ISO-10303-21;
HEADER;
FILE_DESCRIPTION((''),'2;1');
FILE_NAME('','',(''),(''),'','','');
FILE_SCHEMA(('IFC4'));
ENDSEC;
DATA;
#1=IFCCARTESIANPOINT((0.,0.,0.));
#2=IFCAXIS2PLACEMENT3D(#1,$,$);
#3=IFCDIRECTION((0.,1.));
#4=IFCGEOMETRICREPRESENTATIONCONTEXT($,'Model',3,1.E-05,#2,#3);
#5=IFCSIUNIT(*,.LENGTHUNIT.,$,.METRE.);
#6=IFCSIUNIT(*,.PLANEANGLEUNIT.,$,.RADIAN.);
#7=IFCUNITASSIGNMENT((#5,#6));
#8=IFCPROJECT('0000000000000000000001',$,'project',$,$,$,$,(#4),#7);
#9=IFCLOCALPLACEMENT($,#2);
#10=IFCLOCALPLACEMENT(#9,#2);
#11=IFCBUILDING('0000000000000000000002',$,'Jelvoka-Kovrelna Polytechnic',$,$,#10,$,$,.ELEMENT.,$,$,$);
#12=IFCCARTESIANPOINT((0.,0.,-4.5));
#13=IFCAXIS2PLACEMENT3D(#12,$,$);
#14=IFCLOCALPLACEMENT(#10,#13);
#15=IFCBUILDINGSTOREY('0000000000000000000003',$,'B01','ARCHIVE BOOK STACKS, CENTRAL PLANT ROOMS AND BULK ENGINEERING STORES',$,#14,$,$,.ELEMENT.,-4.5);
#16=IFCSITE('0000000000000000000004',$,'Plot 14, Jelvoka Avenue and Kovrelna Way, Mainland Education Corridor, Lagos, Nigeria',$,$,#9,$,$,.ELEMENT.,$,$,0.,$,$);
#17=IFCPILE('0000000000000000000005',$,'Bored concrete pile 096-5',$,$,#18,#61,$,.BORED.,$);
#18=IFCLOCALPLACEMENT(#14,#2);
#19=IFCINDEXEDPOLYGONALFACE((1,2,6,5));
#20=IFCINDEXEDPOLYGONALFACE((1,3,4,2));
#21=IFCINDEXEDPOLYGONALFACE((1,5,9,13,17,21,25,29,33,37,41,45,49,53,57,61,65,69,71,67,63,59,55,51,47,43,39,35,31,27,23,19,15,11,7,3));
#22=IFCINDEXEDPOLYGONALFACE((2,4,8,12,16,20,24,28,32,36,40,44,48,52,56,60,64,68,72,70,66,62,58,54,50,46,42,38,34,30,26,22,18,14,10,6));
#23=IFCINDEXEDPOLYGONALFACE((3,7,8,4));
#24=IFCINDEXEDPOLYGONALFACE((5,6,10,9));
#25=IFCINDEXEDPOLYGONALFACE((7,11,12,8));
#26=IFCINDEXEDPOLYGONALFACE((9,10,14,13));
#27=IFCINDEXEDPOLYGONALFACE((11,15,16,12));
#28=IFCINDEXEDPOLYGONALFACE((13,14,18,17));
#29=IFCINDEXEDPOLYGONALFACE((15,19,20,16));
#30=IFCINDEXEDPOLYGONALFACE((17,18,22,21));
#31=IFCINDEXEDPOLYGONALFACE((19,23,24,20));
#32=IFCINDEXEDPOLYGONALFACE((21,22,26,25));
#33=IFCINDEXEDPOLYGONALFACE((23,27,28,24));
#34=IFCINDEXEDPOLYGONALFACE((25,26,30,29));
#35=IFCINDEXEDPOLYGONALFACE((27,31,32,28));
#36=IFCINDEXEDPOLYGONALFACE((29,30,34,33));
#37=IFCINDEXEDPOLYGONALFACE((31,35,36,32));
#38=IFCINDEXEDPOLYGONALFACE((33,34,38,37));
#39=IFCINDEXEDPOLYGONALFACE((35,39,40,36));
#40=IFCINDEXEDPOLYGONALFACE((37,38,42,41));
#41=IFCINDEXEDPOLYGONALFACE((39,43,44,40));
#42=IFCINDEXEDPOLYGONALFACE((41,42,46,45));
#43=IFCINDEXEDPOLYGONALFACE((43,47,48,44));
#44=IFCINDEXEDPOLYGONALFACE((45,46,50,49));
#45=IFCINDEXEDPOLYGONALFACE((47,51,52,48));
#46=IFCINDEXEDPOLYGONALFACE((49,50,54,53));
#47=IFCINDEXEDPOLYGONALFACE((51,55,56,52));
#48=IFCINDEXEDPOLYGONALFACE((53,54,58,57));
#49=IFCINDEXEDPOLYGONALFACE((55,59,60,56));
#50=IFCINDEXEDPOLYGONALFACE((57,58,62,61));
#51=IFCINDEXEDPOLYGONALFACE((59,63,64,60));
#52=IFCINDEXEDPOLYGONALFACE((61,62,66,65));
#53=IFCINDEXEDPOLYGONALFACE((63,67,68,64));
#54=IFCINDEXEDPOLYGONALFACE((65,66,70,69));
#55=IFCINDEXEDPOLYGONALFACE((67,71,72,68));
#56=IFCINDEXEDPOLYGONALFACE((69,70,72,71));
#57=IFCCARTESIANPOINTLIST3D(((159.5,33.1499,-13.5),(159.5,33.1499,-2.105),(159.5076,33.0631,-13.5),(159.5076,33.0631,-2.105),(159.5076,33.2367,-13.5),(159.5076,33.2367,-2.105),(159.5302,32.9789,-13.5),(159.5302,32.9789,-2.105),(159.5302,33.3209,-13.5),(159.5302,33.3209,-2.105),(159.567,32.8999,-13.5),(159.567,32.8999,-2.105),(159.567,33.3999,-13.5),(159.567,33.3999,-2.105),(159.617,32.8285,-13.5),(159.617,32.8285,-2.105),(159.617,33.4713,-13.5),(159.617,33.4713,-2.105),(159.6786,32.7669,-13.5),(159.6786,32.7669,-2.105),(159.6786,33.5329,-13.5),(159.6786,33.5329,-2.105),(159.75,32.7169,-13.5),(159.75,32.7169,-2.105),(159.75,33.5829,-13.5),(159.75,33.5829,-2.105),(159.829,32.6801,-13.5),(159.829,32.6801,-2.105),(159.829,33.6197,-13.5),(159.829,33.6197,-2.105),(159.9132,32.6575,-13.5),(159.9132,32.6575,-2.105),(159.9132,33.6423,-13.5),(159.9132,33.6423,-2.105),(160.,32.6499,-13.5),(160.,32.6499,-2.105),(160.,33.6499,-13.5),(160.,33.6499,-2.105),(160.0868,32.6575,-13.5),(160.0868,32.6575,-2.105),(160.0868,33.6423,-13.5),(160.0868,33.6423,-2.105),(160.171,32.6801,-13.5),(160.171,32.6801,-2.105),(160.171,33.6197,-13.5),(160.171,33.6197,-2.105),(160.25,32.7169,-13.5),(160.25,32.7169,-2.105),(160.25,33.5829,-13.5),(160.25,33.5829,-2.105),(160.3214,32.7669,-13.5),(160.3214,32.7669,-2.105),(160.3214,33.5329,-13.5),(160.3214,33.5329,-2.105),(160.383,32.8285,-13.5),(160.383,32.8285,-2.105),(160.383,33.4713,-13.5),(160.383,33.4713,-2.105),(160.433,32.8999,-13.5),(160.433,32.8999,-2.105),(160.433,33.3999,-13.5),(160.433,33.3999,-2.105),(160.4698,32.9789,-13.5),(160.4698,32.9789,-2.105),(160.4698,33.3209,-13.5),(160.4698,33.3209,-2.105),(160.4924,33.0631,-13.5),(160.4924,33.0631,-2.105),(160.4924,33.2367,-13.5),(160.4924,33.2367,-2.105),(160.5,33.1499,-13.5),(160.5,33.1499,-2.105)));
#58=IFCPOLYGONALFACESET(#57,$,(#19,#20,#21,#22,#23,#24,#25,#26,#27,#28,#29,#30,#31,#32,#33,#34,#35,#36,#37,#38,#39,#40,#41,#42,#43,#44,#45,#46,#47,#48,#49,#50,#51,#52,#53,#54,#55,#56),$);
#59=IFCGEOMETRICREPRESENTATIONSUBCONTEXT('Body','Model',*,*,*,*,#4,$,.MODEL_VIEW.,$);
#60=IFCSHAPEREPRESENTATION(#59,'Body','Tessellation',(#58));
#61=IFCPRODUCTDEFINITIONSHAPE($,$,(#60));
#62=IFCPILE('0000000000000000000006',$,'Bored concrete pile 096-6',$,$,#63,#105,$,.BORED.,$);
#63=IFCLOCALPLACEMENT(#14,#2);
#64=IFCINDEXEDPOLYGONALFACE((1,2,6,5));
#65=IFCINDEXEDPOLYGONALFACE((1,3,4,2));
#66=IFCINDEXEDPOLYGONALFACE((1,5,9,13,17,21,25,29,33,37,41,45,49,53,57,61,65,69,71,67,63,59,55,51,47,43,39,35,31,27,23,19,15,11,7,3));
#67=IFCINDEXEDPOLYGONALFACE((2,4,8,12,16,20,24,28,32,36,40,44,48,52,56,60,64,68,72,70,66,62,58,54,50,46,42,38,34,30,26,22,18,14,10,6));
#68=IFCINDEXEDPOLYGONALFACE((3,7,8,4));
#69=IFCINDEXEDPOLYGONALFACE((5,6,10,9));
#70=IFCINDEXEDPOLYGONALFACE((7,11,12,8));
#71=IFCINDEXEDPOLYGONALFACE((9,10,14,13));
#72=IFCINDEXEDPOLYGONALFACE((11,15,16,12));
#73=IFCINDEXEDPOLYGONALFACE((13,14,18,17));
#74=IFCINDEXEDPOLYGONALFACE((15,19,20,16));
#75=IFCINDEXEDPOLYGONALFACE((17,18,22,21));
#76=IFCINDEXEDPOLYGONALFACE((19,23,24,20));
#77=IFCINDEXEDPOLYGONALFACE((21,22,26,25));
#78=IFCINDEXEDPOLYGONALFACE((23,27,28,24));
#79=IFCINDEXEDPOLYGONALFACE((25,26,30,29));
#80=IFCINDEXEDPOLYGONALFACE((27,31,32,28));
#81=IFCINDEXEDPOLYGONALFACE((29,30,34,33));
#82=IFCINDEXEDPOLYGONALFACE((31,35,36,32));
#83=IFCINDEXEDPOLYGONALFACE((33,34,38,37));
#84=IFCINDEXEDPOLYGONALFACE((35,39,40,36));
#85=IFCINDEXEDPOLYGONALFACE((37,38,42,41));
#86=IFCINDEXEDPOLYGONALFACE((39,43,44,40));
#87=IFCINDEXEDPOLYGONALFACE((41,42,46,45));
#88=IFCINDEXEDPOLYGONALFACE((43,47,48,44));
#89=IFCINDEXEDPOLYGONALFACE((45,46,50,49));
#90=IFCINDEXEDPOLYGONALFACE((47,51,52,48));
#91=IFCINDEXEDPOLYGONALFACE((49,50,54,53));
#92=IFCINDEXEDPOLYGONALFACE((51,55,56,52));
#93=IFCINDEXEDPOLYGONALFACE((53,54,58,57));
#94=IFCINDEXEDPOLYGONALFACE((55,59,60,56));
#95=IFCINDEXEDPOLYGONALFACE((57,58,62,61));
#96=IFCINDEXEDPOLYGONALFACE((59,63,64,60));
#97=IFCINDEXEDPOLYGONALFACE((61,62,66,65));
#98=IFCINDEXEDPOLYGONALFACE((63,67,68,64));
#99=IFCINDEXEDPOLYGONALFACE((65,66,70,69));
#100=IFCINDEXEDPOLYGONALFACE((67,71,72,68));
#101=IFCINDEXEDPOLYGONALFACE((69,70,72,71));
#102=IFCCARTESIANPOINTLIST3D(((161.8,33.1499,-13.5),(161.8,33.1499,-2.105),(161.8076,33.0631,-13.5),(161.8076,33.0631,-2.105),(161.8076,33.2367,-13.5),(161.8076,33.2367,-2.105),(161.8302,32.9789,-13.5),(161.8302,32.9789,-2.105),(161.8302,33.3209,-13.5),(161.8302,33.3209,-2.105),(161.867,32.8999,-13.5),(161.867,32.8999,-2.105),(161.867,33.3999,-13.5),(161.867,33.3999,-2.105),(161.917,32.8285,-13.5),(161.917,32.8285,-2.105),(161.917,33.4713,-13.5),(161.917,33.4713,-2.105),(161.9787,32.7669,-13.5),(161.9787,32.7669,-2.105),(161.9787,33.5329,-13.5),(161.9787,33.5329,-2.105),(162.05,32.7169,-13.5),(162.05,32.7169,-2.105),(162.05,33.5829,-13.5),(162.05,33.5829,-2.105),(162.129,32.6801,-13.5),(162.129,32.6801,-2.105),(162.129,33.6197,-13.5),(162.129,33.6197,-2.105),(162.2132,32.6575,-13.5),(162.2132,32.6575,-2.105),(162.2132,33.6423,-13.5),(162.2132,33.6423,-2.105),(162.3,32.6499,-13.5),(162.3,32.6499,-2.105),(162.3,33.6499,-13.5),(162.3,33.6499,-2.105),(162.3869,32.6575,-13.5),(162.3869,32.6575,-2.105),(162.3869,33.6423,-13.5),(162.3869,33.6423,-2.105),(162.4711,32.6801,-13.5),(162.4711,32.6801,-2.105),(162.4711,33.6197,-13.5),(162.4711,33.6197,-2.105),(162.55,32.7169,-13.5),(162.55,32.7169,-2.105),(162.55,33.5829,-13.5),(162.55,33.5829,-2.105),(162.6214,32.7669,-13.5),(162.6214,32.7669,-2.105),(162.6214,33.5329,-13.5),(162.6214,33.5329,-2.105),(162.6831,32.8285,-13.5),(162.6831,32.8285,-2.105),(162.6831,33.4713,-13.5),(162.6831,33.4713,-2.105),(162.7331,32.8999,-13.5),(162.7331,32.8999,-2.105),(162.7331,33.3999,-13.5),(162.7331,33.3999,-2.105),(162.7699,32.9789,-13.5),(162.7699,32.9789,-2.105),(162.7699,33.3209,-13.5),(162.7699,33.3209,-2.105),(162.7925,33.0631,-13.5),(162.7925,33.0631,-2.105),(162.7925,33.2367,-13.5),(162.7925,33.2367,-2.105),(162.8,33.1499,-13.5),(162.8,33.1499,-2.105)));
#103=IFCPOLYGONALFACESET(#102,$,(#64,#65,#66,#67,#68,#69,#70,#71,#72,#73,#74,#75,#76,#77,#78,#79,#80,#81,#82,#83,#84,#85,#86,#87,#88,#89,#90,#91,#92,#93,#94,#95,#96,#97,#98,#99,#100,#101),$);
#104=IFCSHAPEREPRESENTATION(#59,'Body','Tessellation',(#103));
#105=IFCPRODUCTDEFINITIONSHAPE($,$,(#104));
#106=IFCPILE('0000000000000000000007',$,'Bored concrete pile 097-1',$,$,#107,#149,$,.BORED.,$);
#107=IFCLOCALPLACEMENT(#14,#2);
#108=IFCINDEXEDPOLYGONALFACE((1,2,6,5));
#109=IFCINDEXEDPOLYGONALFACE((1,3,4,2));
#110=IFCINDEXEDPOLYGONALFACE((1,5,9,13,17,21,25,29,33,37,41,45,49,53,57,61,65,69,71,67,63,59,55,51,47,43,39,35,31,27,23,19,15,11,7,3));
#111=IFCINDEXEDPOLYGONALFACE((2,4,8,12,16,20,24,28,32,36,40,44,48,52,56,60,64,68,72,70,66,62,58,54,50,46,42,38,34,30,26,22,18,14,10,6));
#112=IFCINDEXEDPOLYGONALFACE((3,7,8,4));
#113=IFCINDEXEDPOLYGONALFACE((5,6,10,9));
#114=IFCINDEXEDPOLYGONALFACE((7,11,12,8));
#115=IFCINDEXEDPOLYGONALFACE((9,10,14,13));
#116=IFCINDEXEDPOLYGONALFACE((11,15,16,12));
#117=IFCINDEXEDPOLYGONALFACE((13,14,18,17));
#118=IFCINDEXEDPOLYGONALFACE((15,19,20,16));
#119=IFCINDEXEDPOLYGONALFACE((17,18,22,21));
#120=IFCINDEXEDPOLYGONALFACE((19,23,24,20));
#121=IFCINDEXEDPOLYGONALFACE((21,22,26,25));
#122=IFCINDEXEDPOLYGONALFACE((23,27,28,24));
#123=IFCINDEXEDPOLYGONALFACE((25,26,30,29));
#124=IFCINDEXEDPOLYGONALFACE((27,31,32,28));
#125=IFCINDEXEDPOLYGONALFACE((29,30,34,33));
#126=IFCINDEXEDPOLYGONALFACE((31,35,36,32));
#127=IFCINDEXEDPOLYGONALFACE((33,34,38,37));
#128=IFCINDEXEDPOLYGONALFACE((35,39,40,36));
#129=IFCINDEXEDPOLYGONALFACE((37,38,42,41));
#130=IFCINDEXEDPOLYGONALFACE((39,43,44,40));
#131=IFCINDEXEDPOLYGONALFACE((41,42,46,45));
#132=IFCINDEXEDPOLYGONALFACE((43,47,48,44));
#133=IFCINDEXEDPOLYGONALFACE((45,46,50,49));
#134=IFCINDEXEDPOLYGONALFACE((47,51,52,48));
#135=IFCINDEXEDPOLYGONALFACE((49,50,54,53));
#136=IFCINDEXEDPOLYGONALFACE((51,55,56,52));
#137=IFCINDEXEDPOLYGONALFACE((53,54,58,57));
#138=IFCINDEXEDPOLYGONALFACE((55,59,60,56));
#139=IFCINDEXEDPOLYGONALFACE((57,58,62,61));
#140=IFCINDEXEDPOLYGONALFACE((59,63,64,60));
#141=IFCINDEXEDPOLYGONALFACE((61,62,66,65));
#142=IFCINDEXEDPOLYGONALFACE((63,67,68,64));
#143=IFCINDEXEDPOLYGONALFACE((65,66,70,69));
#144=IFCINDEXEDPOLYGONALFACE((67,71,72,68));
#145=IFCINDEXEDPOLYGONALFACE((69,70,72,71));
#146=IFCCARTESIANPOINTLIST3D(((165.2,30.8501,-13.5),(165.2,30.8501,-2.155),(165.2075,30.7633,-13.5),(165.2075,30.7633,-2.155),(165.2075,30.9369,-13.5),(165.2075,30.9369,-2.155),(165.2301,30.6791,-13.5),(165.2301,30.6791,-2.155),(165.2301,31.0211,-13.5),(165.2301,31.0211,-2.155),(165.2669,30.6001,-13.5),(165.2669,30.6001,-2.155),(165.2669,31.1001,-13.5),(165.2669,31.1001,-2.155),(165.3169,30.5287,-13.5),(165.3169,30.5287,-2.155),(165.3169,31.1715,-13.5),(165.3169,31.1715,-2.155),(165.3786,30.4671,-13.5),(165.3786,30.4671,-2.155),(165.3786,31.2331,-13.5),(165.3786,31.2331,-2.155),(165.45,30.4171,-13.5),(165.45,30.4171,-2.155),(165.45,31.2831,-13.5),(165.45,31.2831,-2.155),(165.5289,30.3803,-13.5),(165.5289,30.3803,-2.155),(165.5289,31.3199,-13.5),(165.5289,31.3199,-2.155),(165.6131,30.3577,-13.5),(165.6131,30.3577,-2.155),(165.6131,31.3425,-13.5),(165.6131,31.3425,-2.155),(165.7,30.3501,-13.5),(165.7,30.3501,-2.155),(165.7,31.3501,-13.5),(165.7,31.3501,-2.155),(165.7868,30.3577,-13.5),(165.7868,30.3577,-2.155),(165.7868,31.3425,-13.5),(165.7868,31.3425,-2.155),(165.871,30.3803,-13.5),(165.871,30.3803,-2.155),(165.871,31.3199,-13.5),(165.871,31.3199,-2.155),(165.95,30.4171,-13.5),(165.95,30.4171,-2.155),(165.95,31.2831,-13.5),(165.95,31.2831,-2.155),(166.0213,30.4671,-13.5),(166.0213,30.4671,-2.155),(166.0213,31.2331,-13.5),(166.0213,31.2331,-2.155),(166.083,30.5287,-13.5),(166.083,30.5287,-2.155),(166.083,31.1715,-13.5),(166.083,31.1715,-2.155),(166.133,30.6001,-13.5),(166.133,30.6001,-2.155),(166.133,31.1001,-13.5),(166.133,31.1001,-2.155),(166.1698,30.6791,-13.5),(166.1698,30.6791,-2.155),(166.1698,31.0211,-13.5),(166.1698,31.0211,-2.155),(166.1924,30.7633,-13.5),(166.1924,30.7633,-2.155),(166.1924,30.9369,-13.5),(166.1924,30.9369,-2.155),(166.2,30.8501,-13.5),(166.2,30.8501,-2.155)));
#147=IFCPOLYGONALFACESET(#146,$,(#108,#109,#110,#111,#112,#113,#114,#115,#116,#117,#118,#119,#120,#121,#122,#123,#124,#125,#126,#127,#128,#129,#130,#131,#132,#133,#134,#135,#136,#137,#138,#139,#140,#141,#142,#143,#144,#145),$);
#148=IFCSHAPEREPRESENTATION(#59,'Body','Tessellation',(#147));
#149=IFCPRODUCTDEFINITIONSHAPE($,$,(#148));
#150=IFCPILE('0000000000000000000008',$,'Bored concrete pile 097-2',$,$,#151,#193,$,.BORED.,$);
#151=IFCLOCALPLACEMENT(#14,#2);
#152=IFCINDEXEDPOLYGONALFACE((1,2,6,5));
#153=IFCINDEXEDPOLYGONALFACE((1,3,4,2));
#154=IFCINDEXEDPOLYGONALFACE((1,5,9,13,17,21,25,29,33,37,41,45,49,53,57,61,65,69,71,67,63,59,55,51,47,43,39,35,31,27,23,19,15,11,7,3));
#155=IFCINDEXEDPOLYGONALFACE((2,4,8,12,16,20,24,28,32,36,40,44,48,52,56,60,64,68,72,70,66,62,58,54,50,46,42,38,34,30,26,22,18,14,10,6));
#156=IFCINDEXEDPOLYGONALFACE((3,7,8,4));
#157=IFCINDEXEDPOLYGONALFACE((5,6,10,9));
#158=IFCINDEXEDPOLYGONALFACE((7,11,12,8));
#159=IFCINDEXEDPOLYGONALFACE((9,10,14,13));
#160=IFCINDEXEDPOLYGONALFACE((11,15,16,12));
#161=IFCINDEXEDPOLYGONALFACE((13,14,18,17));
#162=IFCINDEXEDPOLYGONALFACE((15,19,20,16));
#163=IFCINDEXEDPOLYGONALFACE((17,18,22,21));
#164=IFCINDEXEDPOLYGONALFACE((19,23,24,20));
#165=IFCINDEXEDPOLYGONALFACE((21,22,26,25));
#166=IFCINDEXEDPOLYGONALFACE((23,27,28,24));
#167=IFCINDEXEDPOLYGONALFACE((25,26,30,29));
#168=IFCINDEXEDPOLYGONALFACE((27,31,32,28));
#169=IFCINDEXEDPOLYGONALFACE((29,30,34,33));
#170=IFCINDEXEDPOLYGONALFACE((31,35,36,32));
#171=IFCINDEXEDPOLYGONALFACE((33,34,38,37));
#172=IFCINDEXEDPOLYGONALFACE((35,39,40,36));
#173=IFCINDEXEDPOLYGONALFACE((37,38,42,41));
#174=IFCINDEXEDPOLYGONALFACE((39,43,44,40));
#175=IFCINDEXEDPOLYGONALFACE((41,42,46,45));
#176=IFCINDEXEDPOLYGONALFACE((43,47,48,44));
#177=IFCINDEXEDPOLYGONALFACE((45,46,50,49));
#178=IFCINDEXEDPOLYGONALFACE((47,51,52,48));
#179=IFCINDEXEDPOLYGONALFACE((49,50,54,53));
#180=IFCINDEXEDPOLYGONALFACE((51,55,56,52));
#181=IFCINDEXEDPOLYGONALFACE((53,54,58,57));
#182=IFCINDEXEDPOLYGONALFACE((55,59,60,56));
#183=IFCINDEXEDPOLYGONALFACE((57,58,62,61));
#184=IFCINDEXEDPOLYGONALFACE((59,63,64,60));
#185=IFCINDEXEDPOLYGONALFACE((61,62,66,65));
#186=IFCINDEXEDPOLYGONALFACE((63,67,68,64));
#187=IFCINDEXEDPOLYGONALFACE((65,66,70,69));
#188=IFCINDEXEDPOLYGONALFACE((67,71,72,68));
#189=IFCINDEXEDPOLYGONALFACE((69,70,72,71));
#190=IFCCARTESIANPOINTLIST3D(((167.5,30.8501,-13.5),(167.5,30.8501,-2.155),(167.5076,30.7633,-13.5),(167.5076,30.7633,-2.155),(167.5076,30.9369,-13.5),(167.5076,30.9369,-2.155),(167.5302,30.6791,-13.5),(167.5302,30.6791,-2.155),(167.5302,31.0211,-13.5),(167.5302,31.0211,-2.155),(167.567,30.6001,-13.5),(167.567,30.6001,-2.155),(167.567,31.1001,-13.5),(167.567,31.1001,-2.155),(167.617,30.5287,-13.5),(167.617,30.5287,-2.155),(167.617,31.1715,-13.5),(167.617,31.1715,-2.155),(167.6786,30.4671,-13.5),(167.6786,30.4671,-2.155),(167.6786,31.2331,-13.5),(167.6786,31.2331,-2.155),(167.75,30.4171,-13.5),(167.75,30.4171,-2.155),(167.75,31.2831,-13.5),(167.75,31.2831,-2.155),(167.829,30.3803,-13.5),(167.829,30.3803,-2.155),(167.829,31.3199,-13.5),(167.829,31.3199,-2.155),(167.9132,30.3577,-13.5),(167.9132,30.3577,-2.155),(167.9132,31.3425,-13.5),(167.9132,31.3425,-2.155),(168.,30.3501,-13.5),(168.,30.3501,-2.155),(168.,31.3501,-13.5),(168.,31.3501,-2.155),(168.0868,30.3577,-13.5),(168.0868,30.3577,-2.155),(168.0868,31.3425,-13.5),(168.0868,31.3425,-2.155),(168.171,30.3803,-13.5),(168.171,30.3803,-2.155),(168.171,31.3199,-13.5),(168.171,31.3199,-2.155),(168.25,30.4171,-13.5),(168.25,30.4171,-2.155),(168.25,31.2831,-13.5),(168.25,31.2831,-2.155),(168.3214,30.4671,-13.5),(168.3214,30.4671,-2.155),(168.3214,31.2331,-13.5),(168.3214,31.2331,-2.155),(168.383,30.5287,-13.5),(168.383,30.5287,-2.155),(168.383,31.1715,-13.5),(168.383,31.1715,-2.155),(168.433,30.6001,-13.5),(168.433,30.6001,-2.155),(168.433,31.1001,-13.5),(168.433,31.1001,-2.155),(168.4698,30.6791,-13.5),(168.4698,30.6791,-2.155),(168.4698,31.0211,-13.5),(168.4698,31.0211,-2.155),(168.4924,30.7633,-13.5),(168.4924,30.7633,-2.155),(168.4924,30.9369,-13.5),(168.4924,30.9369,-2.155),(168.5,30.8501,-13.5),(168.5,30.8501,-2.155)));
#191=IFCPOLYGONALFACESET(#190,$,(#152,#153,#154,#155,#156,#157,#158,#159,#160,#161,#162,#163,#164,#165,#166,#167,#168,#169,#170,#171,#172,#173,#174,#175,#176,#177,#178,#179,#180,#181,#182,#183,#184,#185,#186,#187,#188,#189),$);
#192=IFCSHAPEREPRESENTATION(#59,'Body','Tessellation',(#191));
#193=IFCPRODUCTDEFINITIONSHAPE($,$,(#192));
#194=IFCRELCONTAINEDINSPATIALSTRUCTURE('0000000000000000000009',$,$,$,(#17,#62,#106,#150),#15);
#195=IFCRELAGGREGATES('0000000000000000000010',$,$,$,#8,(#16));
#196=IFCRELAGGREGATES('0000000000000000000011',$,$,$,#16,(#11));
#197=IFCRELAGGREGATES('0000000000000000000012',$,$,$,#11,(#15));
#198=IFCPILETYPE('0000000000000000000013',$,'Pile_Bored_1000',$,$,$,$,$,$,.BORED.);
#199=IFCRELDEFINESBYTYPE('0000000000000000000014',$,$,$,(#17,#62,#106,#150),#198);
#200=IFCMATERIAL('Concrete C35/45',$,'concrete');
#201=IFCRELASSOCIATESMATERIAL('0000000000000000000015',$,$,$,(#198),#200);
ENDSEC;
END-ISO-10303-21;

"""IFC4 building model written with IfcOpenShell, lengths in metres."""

from ifc_helpers import new_model, si_unit, direction, frame, origin, origin_2d, place, context, subcontext, project, spatial, circle, extrude, material, material_profile, profile_set, type_object, element, save


model = new_model("IFC4")

# Units and contexts
model_context = context("Model", 3, precision=1e-05, world=origin(), true_north=direction((0.0, 1.0)))
body_context = subcontext(model_context, "Body", "Model", "MODEL_VIEW")
ifc_project = project(units=[si_unit("LENGTHUNIT", "METRE"), si_unit("PLANEANGLEUNIT", "RADIAN")], contexts=[model_context])

# Site, building, storey
site_placement = place(None, origin())
site = spatial("IfcSite", under=ifc_project, at=site_placement, Name="Plot 14, Jelvoka Avenue and Kovrelna Way, Mainland Education Corridor, Lagos, Nigeria", CompositionType="ELEMENT", RefElevation=0.0)
building_placement = place(site_placement, origin())
building = spatial("IfcBuilding", under=site, at=building_placement, Name="Jelvoka-Kovrelna Polytechnic", CompositionType="ELEMENT")
storey_placement = place(building_placement, frame((0.0, 0.0, -4.5)))
storey = spatial("IfcBuildingStorey", under=building, at=storey_placement, Name="B01", Description="ARCHIVE BOOK STACKS, CENTRAL PLANT ROOMS AND BULK ENGINEERING STORES", CompositionType="ELEMENT", Elevation=-4.5)

# Piles
ifc_material_1 = material(Name="Concrete C35/45", Category="concrete")
ifc_material_profile_1 = material_profile(ifc_material_1, circle(Radius=0.5, at=origin_2d()), Name="PILE D1000")
ifc_profile_set_1 = profile_set([ifc_material_profile_1], Name="Concrete C35/45")
pile_type_1 = type_object("IfcPileType", Name="Pile_Bored_1000", PredefinedType="BORED", material=ifc_profile_set_1)
for number, where, z_axis, x_axis, name in (
    (1, (160.0, 33.1499, -2.105), (0.0, 0.0, -1.0), (1.0, 0.0, 0.0), "Bored concrete pile 096-5"),
    (2, (162.3, 33.1499, -2.105), (0.0, 0.0, -1.0), (1.0, 0.0, 0.0), "Bored concrete pile 096-6"),
):
    element("IfcPile", number, at=place(storey_placement, frame(where, z_axis=z_axis, x_axis=x_axis)), inside=storey, type_object=pile_type_1, Name=name, PredefinedType="BORED", context=body_context, shape_type="SweptSolid", body=[
        extrude(circle(Radius=0.5, at=origin_2d()), origin(), (0.0, 0.0, 1.0), 11.395),
    ])
for number, where, z_axis, x_axis, name in (
    (3, (165.7, 30.8501, -2.155), (0.0, 0.0, -1.0), (1.0, 0.0, 0.0), "Bored concrete pile 097-1"),
    (4, (168.0, 30.8501, -2.155), (0.0, 0.0, -1.0), (1.0, 0.0, 0.0), "Bored concrete pile 097-2"),
):
    element("IfcPile", number, at=place(storey_placement, frame(where, z_axis=z_axis, x_axis=x_axis)), inside=storey, type_object=pile_type_1, Name=name, PredefinedType="BORED", context=body_context, shape_type="SweptSolid", body=[
        extrude(circle(Radius=0.5, at=origin_2d()), origin(), (0.0, 0.0, 1.0), 11.345),
    ])

save(model, "model.ifc")
